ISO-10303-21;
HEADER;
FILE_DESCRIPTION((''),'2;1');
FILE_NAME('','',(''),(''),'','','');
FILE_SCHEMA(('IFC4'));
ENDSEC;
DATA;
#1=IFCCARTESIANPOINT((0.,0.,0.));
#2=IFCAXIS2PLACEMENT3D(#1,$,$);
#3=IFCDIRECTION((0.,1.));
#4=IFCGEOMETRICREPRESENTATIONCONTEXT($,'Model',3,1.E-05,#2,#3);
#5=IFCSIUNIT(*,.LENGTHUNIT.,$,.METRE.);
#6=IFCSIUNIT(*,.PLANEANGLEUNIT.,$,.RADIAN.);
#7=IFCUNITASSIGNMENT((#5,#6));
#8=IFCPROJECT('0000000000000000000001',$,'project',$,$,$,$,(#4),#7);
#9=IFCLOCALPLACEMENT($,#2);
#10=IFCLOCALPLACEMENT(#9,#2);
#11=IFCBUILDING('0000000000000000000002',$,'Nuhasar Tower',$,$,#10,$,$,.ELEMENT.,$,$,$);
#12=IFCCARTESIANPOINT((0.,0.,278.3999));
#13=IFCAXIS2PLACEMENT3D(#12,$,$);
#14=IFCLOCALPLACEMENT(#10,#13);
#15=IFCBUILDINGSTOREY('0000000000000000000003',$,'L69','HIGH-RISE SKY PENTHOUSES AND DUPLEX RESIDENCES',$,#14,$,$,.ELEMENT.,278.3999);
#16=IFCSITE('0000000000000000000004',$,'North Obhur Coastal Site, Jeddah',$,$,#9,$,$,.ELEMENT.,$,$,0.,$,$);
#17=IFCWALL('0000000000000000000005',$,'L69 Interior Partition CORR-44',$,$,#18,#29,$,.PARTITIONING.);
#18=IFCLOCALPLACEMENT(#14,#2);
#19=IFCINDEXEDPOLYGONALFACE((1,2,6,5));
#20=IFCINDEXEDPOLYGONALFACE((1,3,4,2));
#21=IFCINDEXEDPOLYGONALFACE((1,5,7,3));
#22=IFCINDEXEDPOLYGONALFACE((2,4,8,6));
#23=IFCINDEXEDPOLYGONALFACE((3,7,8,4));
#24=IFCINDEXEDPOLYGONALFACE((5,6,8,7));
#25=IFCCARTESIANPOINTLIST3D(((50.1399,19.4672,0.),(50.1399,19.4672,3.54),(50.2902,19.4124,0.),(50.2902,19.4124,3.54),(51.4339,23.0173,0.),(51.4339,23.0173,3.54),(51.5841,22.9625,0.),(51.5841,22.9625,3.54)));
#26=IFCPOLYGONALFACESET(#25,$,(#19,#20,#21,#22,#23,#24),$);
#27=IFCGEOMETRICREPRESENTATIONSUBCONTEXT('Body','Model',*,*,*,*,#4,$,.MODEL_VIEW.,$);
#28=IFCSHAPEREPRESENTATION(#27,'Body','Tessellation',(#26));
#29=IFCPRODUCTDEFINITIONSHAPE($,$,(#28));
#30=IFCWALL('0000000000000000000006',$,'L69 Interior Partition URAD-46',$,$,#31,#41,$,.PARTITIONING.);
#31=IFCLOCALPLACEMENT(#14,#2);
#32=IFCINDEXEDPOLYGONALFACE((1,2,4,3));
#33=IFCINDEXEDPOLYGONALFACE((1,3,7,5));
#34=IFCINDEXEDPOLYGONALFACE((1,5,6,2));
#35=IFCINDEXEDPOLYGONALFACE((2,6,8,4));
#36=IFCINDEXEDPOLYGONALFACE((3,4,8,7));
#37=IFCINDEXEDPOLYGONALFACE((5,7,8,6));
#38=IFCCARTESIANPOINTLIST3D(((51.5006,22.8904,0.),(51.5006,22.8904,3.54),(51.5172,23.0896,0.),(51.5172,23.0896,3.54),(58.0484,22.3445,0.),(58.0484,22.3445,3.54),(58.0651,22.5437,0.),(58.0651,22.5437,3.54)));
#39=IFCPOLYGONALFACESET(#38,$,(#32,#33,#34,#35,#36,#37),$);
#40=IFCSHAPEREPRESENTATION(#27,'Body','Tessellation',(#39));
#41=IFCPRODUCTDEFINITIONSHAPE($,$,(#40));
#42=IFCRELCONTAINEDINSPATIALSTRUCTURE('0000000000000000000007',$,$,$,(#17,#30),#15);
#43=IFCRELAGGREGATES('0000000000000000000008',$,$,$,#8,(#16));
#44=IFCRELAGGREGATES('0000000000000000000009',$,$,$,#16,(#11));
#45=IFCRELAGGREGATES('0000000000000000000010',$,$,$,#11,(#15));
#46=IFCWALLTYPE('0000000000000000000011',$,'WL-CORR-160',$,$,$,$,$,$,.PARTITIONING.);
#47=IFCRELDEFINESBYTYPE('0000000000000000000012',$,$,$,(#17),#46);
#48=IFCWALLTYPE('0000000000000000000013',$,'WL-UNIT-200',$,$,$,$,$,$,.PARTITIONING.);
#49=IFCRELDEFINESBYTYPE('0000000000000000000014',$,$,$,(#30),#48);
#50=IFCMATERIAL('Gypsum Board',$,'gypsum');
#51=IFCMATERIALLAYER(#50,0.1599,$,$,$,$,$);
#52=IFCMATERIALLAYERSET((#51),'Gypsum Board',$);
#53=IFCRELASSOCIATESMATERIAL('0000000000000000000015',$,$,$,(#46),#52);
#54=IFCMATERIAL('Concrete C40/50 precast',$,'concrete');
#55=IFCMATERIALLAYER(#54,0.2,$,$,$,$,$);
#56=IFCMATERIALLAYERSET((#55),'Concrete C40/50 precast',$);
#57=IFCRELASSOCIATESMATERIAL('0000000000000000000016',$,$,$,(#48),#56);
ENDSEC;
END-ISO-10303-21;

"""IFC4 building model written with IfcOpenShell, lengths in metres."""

from ifc_helpers import new_model, si_unit, direction, frame, frame_2d, origin, place, context, subcontext, project, spatial, rectangle, extrude, material, layer, layer_set, type_object, element, save


model = new_model("IFC4")

# Units and contexts
model_context = context("Model", 3, precision=1e-05, world=origin(), true_north=direction((0.0, 1.0)))
body_context = subcontext(model_context, "Body", "Model", "MODEL_VIEW")
ifc_project = project(units=[si_unit("LENGTHUNIT", "METRE"), si_unit("PLANEANGLEUNIT", "RADIAN")], contexts=[model_context])

# Site, building, storey
site_placement = place(None, origin())
site = spatial("IfcSite", under=ifc_project, at=site_placement, Name="North Obhur Coastal Site, Jeddah", CompositionType="ELEMENT", RefElevation=0.0)
building_placement = place(site_placement, origin())
building = spatial("IfcBuilding", under=site, at=building_placement, Name="Nuhasar Tower", CompositionType="ELEMENT")
storey_placement = place(building_placement, frame((0.0, 0.0, 278.3999)))
storey = spatial("IfcBuildingStorey", under=building, at=storey_placement, Name="L69", Description="HIGH-RISE SKY PENTHOUSES AND DUPLEX RESIDENCES", CompositionType="ELEMENT", Elevation=278.3999)

# Shared definitions
ifc_material_1 = material(Name="Gypsum Board", Category="gypsum")
ifc_layer_1 = layer(ifc_material_1, 0.1599)
ifc_layer_set_1 = layer_set([ifc_layer_1], Name="Gypsum Board")
wall_type_1 = type_object("IfcWallType", Name="WL-CORR-160", PredefinedType="PARTITIONING", material=ifc_layer_set_1)

# Walls
wall_1_placement = place(storey_placement, frame((50.2151, 19.4399, 0.0), z_axis=(0.0, 0.0, 1.0), x_axis=(0.342449, 0.939537, 0.0)))
element("IfcWall", 1, at=wall_1_placement, inside=storey, type_object=wall_type_1, Name="L69 Interior Partition CORR-44", PredefinedType="PARTITIONING", context=body_context, shape_type="SweptSolid", body=[
    extrude(rectangle(XDim=3.7786, YDim=0.1599, at=frame_2d((1.8892, 0.0))), origin(), (0.0, 0.0, 1.0), 3.54),
])
ifc_material_2 = material(Name="Concrete C40/50 precast", Category="concrete")
ifc_layer_2 = layer(ifc_material_2, 0.2)
ifc_layer_set_2 = layer_set([ifc_layer_2], Name="Concrete C40/50 precast")
wall_type_2 = type_object("IfcWallType", Name="WL-UNIT-200", PredefinedType="PARTITIONING", material=ifc_layer_set_2)
wall_2_placement = place(storey_placement, frame((51.509, 22.99, 0.0), z_axis=(0.0, 0.0, 1.0), x_axis=(0.996543, -0.083082, 0.0)))
element("IfcWall", 2, at=wall_2_placement, inside=storey, type_object=wall_type_2, Name="L69 Interior Partition URAD-46", PredefinedType="PARTITIONING", context=body_context, shape_type="SweptSolid", body=[
    extrude(rectangle(XDim=6.5706, YDim=0.2, at=frame_2d((3.2852, 0.0))), origin(), (0.0, 0.0, 1.0), 3.54),
])

save(model, "model.ifc")
